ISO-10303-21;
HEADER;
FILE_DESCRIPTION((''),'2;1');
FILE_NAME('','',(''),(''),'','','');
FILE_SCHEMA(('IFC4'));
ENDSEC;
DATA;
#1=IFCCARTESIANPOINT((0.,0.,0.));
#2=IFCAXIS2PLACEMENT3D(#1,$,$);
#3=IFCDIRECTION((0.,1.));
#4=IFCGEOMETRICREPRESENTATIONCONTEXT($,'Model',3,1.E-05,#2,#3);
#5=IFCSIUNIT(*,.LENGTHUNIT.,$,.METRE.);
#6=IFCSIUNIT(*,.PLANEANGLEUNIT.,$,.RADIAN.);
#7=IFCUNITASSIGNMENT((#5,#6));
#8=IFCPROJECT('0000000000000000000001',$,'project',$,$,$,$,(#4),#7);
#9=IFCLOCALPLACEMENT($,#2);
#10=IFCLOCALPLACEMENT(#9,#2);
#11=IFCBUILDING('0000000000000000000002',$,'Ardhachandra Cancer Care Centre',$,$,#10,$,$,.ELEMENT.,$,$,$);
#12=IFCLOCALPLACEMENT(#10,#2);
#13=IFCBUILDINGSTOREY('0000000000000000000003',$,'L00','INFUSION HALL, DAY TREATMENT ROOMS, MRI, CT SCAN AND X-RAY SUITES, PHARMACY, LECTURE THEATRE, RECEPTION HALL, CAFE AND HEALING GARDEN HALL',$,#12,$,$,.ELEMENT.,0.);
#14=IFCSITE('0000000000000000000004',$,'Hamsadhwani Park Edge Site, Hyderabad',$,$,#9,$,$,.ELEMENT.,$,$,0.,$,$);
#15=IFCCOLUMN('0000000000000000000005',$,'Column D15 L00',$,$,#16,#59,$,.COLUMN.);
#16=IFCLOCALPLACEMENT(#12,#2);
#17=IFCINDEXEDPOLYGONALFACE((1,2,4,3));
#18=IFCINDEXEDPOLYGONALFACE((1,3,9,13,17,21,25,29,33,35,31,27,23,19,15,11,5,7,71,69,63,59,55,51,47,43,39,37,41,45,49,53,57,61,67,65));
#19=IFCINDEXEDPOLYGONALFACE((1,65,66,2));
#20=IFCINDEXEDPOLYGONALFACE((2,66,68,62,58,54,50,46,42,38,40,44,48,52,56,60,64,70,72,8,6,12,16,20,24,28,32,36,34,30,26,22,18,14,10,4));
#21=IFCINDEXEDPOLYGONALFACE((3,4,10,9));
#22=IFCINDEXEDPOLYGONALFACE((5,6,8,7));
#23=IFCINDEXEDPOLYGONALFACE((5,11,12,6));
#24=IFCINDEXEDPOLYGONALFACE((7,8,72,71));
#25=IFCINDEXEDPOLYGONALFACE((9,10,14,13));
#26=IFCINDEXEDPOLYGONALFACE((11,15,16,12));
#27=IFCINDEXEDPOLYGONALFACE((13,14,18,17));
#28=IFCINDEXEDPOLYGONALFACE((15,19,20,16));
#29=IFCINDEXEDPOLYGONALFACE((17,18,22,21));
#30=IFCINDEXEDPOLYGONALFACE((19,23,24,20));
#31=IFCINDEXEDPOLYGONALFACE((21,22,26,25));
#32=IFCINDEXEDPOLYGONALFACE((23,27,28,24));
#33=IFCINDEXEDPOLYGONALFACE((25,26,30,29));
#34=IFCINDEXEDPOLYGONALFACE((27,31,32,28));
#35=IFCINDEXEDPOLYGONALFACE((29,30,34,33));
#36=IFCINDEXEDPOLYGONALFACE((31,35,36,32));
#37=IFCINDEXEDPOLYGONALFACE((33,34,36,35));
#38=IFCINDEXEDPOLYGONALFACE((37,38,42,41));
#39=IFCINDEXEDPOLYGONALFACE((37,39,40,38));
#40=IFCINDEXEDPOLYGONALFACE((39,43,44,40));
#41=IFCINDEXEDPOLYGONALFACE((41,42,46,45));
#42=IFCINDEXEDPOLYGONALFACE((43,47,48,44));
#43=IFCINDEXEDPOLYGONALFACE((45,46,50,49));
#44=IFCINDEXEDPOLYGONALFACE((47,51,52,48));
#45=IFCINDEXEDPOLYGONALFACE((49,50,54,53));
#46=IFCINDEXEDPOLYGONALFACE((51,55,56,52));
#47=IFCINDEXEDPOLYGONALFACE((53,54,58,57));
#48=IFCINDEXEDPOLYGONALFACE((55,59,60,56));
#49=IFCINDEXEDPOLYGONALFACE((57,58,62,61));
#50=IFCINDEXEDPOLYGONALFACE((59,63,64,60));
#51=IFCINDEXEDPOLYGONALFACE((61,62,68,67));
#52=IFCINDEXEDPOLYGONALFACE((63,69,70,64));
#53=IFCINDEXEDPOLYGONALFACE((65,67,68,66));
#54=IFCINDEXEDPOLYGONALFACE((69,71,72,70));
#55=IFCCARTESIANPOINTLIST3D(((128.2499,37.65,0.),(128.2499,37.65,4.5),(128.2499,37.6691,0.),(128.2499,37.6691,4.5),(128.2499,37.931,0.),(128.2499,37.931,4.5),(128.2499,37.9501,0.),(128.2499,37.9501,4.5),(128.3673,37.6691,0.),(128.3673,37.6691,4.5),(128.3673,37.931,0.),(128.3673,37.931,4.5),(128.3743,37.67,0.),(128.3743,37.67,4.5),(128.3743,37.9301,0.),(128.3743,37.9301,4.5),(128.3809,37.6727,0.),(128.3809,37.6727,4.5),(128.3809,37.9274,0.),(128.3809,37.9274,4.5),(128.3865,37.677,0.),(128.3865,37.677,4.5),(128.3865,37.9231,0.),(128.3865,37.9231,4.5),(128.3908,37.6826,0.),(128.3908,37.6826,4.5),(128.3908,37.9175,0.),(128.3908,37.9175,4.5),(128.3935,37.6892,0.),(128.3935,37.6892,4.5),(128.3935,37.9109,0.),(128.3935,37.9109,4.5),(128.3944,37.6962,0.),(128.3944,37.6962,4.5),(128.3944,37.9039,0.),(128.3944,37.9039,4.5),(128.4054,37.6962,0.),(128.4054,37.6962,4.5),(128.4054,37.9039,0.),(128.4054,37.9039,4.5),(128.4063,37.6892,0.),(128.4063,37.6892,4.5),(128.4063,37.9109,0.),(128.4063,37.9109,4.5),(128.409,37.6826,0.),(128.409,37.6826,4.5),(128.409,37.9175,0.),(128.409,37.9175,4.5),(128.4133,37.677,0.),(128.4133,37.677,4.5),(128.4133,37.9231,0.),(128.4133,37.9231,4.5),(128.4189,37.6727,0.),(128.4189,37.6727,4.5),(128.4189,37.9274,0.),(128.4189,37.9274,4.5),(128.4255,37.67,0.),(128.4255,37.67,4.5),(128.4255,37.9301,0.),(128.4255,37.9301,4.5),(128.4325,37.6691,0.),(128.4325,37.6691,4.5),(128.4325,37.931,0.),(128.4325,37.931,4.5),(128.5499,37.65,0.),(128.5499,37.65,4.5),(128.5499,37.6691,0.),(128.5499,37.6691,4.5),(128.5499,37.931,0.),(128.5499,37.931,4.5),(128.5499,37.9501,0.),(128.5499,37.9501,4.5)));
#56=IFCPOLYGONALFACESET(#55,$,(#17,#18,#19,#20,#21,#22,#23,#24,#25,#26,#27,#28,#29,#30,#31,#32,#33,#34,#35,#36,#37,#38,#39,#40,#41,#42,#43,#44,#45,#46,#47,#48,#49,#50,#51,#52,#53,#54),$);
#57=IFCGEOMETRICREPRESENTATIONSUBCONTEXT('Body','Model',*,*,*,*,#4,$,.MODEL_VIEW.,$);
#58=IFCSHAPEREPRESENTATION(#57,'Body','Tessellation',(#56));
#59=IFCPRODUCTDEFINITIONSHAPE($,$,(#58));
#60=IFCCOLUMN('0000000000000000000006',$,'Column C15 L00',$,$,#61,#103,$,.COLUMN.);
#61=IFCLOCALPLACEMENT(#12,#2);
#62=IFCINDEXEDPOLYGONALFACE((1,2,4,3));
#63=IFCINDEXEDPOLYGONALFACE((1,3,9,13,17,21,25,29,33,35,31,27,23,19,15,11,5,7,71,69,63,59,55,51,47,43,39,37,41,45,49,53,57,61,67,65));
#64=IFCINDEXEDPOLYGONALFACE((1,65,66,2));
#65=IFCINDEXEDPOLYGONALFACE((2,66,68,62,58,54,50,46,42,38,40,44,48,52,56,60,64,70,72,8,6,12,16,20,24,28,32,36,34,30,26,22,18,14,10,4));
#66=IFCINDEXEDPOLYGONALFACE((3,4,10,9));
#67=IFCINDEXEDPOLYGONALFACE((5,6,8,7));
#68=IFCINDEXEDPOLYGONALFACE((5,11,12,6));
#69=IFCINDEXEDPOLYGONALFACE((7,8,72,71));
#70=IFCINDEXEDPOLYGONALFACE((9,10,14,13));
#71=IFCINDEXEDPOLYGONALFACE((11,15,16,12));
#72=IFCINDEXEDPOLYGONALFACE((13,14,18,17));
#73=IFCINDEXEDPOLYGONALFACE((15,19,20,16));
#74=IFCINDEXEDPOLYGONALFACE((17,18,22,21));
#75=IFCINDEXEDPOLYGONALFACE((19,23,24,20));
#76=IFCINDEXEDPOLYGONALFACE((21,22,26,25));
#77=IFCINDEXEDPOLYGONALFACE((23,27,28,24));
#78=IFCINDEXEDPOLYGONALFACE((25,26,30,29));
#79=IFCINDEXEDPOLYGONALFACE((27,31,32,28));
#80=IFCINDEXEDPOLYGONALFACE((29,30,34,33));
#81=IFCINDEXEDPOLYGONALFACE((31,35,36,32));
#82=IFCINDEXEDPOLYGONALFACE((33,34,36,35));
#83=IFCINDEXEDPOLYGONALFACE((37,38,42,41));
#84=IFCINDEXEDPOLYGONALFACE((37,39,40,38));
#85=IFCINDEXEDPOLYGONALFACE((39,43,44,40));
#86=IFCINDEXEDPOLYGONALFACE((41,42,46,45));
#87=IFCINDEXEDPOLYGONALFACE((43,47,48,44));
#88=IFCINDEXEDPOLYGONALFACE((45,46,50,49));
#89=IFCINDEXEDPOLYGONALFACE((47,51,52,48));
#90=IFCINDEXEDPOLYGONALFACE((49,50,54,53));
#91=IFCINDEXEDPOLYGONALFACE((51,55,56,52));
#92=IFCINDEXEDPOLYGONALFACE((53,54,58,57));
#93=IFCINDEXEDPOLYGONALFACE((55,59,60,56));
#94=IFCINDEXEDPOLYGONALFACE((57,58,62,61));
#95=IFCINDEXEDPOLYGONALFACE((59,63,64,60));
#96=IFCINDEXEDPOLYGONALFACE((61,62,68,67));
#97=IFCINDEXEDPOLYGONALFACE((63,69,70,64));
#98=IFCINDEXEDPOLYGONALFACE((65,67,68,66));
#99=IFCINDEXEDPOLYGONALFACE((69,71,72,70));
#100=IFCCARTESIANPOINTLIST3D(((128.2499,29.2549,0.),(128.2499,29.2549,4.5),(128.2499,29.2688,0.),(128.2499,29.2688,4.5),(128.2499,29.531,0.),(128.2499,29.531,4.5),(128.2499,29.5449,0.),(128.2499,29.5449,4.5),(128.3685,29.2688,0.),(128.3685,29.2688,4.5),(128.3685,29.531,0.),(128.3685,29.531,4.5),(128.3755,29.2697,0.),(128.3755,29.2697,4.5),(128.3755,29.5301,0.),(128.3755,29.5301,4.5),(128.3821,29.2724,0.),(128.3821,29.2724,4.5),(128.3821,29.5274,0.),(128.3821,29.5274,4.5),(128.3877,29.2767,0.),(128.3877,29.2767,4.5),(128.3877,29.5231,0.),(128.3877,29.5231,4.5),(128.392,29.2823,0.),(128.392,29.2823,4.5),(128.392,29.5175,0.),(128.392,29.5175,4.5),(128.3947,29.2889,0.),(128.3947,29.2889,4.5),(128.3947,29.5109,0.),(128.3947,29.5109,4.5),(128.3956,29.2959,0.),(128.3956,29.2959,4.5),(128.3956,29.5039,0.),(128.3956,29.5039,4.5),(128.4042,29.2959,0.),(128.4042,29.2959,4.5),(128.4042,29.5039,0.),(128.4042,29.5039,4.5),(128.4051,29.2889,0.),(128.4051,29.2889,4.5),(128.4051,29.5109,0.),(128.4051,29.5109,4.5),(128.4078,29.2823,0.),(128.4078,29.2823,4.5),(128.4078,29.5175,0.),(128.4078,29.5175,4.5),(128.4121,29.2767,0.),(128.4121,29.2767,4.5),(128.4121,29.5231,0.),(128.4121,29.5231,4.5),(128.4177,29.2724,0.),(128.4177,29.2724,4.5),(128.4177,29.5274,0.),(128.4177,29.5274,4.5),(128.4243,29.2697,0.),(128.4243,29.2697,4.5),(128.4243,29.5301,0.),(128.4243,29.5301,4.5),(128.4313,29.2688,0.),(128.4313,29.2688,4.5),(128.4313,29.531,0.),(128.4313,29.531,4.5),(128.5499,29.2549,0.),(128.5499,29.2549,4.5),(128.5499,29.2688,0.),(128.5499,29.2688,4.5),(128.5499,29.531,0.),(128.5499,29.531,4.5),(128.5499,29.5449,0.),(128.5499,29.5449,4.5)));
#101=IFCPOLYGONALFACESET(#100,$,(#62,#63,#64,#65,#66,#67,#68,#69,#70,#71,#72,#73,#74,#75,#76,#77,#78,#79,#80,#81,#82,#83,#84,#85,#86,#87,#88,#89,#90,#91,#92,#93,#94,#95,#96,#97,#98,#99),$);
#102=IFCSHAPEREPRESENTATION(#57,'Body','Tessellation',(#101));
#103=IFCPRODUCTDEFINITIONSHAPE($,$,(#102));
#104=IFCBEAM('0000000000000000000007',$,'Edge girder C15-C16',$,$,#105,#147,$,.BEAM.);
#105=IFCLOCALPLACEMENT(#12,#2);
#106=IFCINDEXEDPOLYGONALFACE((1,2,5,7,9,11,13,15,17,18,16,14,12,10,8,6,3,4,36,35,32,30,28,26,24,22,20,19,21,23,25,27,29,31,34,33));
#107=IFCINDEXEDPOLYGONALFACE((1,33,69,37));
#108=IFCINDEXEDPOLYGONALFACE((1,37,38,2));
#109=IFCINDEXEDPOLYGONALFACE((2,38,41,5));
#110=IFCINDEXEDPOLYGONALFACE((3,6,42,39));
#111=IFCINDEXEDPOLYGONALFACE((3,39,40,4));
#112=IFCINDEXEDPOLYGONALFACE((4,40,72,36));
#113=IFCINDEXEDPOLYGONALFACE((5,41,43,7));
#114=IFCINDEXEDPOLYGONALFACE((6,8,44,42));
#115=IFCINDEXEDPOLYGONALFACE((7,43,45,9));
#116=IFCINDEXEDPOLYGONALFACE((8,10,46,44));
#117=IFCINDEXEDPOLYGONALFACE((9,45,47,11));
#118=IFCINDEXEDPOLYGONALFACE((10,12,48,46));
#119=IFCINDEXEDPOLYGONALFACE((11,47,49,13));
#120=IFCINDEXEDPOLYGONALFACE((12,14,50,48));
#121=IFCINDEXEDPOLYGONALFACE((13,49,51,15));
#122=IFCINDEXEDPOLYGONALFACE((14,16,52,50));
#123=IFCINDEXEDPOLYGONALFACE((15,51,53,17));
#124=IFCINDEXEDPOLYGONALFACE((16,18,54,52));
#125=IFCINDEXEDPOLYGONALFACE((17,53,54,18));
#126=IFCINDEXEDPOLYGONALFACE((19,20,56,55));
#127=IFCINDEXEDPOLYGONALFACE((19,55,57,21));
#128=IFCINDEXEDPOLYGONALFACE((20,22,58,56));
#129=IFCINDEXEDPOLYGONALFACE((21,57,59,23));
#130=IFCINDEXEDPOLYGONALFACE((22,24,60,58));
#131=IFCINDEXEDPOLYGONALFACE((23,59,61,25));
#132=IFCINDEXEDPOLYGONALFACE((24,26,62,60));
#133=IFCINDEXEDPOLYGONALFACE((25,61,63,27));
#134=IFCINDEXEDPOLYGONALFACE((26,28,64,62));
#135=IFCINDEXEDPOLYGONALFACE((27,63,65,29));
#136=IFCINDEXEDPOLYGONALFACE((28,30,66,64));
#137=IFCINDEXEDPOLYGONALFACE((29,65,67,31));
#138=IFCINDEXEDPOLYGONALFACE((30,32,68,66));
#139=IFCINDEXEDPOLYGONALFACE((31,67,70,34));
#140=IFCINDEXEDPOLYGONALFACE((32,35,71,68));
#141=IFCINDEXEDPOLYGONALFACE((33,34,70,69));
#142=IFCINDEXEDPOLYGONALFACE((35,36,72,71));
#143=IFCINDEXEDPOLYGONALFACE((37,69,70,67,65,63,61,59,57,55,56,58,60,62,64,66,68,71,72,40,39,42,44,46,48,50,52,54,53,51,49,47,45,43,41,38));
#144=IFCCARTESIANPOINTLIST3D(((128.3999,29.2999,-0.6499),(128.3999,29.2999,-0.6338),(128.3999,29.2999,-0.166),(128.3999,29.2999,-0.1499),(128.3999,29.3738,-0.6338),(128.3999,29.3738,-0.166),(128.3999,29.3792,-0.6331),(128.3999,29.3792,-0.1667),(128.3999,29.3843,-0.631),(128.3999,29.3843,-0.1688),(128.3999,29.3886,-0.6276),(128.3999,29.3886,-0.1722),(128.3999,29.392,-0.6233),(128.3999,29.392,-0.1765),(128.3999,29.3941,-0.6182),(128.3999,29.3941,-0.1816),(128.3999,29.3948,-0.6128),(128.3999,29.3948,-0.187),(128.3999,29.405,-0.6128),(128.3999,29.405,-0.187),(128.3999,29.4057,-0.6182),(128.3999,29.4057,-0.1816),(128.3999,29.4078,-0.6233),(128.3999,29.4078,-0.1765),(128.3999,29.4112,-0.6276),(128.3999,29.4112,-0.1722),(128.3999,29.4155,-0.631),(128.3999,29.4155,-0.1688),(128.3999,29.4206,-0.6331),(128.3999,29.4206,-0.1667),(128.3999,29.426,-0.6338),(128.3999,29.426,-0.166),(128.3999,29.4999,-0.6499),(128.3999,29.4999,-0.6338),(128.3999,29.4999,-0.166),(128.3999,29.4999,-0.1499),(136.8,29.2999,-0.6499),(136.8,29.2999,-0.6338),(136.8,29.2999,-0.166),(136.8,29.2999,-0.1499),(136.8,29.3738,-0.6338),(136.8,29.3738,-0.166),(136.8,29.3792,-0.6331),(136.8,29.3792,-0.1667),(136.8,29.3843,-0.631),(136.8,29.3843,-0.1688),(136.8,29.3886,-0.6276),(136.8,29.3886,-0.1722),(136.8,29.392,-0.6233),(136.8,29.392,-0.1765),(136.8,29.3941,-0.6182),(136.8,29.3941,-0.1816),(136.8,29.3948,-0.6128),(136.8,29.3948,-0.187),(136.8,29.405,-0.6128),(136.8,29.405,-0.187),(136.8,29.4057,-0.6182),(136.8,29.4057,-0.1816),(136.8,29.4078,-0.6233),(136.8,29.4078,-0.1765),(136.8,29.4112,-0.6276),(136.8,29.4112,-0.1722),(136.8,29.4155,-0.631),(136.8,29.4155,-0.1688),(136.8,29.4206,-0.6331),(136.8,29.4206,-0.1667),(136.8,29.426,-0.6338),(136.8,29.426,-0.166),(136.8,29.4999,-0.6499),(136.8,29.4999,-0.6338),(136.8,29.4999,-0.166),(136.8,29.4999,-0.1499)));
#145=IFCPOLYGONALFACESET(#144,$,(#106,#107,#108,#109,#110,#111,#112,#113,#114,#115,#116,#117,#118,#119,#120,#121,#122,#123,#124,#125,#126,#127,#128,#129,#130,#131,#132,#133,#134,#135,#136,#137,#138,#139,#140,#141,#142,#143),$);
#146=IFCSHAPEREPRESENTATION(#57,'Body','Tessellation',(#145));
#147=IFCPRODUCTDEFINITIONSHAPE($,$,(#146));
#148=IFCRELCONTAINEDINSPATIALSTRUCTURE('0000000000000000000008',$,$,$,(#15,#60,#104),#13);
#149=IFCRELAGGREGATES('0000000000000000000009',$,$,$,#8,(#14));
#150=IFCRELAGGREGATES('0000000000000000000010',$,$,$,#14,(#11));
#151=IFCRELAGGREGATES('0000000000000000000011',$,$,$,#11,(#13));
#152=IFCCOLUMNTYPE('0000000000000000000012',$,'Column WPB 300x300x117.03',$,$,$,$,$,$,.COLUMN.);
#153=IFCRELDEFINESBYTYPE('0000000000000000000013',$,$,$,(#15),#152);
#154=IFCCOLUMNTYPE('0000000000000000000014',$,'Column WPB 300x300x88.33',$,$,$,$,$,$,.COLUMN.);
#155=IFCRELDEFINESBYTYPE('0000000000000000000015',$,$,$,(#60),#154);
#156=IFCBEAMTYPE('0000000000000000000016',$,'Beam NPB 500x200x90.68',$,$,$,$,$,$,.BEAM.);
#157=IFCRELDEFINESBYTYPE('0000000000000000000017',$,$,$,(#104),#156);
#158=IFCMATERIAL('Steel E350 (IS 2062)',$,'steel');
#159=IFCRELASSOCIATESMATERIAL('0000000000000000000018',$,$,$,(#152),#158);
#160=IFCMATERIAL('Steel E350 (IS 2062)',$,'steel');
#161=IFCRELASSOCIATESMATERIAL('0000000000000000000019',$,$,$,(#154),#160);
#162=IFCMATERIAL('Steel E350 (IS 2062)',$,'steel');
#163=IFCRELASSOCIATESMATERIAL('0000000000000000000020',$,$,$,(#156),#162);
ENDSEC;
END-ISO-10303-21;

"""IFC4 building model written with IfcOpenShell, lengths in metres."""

from ifc_helpers import new_model, si_unit, direction, frame, origin, origin_2d, place, context, subcontext, project, spatial, i_section, extrude, material, material_profile, profile_set, type_object, element, save


model = new_model("IFC4")

# Units and contexts
model_context = context("Model", 3, precision=1e-05, world=origin(), true_north=direction((0.0, 1.0)))
body_context = subcontext(model_context, "Body", "Model", "MODEL_VIEW")
ifc_project = project(units=[si_unit("LENGTHUNIT", "METRE"), si_unit("PLANEANGLEUNIT", "RADIAN")], contexts=[model_context])

# Site, building, storey
site_placement = place(None, origin())
site = spatial("IfcSite", under=ifc_project, at=site_placement, Name="Hamsadhwani Park Edge Site, Hyderabad", CompositionType="ELEMENT", RefElevation=0.0)
building_placement = place(site_placement, origin())
building = spatial("IfcBuilding", under=site, at=building_placement, Name="Ardhachandra Cancer Care Centre", CompositionType="ELEMENT")
storey_placement = place(building_placement, origin())
storey = spatial("IfcBuildingStorey", under=building, at=storey_placement, Name="L00", Description="INFUSION HALL, DAY TREATMENT ROOMS, MRI, CT SCAN AND X-RAY SUITES, PHARMACY, LECTURE THEATRE, RECEPTION HALL, CAFE AND HEALING GARDEN HALL", CompositionType="ELEMENT", Elevation=0.0)

# Columns
ifc_material_1 = material(Name="Steel E350 (IS 2062)", Category="steel")
ifc_material_profile_1 = material_profile(ifc_material_1, i_section(OverallWidth=0.3, OverallDepth=0.3, WebThickness=0.011, FlangeThickness=0.019, FilletRadius=0.0271, at=origin_2d()), Name="WPB 300x300x117.03")
ifc_profile_set_1 = profile_set([ifc_material_profile_1], Name="Steel E350 (IS 2062)")
column_type_1 = type_object("IfcColumnType", Name="Column WPB 300x300x117.03", PredefinedType="COLUMN", material=ifc_profile_set_1)
column_1_placement = place(storey_placement, frame((128.3999, 37.8, 0.0), z_axis=(0.0, 0.0, 1.0), x_axis=(1.0, 0.0, 0.0)))
element("IfcColumn", 1, at=column_1_placement, inside=storey, type_object=column_type_1, Name="Column D15 L00", PredefinedType="COLUMN", context=body_context, shape_type="SweptSolid", body=[
    extrude(i_section(OverallWidth=0.3, OverallDepth=0.3, WebThickness=0.011, FlangeThickness=0.019, FilletRadius=0.0271, at=origin_2d()), origin(), (0.0, 0.0, 1.0), 4.5),
])
ifc_material_2 = material(Name="Steel E350 (IS 2062)", Category="steel")
ifc_material_profile_2 = material_profile(ifc_material_2, i_section(OverallWidth=0.3, OverallDepth=0.29, WebThickness=0.0085, FlangeThickness=0.0139, FilletRadius=0.0271, at=origin_2d()), Name="WPB 300x300x88.33")
ifc_profile_set_2 = profile_set([ifc_material_profile_2], Name="Steel E350 (IS 2062)")
column_type_2 = type_object("IfcColumnType", Name="Column WPB 300x300x88.33", PredefinedType="COLUMN", material=ifc_profile_set_2)
column_2_placement = place(storey_placement, frame((128.3999, 29.3999, 0.0), z_axis=(0.0, 0.0, 1.0), x_axis=(1.0, 0.0, 0.0)))
element("IfcColumn", 2, at=column_2_placement, inside=storey, type_object=column_type_2, Name="Column C15 L00", PredefinedType="COLUMN", context=body_context, shape_type="SweptSolid", body=[
    extrude(i_section(OverallWidth=0.3, OverallDepth=0.29, WebThickness=0.0085, FlangeThickness=0.0139, FilletRadius=0.0271, at=origin_2d()), origin(), (0.0, 0.0, 1.0), 4.5),
])

# Beam
ifc_material_3 = material(Name="Steel E350 (IS 2062)", Category="steel")
ifc_material_profile_3 = material_profile(ifc_material_3, i_section(OverallWidth=0.2, OverallDepth=0.5, WebThickness=0.0103, FlangeThickness=0.0161, FilletRadius=0.021, at=origin_2d()), Name="NPB 500x200x90.68")
ifc_profile_set_3 = profile_set([ifc_material_profile_3], Name="Steel E350 (IS 2062)")
beam_type_1 = type_object("IfcBeamType", Name="Beam NPB 500x200x90.68", PredefinedType="BEAM", material=ifc_profile_set_3)
beam_1_placement = place(storey_placement, frame((128.3999, 29.3999, -0.3999), z_axis=(1.0, 0.0, 0.0), x_axis=(0.0, 1.0, 0.0)))
element("IfcBeam", 3, at=beam_1_placement, inside=storey, type_object=beam_type_1, Name="Edge girder C15-C16", PredefinedType="BEAM", context=body_context, shape_type="SweptSolid", body=[
    extrude(i_section(OverallWidth=0.2, OverallDepth=0.5, WebThickness=0.0103, FlangeThickness=0.0161, FilletRadius=0.021, at=origin_2d()), origin(), (0.0, 0.0, 1.0), 8.4001),
])

save(model, "model.ifc")
